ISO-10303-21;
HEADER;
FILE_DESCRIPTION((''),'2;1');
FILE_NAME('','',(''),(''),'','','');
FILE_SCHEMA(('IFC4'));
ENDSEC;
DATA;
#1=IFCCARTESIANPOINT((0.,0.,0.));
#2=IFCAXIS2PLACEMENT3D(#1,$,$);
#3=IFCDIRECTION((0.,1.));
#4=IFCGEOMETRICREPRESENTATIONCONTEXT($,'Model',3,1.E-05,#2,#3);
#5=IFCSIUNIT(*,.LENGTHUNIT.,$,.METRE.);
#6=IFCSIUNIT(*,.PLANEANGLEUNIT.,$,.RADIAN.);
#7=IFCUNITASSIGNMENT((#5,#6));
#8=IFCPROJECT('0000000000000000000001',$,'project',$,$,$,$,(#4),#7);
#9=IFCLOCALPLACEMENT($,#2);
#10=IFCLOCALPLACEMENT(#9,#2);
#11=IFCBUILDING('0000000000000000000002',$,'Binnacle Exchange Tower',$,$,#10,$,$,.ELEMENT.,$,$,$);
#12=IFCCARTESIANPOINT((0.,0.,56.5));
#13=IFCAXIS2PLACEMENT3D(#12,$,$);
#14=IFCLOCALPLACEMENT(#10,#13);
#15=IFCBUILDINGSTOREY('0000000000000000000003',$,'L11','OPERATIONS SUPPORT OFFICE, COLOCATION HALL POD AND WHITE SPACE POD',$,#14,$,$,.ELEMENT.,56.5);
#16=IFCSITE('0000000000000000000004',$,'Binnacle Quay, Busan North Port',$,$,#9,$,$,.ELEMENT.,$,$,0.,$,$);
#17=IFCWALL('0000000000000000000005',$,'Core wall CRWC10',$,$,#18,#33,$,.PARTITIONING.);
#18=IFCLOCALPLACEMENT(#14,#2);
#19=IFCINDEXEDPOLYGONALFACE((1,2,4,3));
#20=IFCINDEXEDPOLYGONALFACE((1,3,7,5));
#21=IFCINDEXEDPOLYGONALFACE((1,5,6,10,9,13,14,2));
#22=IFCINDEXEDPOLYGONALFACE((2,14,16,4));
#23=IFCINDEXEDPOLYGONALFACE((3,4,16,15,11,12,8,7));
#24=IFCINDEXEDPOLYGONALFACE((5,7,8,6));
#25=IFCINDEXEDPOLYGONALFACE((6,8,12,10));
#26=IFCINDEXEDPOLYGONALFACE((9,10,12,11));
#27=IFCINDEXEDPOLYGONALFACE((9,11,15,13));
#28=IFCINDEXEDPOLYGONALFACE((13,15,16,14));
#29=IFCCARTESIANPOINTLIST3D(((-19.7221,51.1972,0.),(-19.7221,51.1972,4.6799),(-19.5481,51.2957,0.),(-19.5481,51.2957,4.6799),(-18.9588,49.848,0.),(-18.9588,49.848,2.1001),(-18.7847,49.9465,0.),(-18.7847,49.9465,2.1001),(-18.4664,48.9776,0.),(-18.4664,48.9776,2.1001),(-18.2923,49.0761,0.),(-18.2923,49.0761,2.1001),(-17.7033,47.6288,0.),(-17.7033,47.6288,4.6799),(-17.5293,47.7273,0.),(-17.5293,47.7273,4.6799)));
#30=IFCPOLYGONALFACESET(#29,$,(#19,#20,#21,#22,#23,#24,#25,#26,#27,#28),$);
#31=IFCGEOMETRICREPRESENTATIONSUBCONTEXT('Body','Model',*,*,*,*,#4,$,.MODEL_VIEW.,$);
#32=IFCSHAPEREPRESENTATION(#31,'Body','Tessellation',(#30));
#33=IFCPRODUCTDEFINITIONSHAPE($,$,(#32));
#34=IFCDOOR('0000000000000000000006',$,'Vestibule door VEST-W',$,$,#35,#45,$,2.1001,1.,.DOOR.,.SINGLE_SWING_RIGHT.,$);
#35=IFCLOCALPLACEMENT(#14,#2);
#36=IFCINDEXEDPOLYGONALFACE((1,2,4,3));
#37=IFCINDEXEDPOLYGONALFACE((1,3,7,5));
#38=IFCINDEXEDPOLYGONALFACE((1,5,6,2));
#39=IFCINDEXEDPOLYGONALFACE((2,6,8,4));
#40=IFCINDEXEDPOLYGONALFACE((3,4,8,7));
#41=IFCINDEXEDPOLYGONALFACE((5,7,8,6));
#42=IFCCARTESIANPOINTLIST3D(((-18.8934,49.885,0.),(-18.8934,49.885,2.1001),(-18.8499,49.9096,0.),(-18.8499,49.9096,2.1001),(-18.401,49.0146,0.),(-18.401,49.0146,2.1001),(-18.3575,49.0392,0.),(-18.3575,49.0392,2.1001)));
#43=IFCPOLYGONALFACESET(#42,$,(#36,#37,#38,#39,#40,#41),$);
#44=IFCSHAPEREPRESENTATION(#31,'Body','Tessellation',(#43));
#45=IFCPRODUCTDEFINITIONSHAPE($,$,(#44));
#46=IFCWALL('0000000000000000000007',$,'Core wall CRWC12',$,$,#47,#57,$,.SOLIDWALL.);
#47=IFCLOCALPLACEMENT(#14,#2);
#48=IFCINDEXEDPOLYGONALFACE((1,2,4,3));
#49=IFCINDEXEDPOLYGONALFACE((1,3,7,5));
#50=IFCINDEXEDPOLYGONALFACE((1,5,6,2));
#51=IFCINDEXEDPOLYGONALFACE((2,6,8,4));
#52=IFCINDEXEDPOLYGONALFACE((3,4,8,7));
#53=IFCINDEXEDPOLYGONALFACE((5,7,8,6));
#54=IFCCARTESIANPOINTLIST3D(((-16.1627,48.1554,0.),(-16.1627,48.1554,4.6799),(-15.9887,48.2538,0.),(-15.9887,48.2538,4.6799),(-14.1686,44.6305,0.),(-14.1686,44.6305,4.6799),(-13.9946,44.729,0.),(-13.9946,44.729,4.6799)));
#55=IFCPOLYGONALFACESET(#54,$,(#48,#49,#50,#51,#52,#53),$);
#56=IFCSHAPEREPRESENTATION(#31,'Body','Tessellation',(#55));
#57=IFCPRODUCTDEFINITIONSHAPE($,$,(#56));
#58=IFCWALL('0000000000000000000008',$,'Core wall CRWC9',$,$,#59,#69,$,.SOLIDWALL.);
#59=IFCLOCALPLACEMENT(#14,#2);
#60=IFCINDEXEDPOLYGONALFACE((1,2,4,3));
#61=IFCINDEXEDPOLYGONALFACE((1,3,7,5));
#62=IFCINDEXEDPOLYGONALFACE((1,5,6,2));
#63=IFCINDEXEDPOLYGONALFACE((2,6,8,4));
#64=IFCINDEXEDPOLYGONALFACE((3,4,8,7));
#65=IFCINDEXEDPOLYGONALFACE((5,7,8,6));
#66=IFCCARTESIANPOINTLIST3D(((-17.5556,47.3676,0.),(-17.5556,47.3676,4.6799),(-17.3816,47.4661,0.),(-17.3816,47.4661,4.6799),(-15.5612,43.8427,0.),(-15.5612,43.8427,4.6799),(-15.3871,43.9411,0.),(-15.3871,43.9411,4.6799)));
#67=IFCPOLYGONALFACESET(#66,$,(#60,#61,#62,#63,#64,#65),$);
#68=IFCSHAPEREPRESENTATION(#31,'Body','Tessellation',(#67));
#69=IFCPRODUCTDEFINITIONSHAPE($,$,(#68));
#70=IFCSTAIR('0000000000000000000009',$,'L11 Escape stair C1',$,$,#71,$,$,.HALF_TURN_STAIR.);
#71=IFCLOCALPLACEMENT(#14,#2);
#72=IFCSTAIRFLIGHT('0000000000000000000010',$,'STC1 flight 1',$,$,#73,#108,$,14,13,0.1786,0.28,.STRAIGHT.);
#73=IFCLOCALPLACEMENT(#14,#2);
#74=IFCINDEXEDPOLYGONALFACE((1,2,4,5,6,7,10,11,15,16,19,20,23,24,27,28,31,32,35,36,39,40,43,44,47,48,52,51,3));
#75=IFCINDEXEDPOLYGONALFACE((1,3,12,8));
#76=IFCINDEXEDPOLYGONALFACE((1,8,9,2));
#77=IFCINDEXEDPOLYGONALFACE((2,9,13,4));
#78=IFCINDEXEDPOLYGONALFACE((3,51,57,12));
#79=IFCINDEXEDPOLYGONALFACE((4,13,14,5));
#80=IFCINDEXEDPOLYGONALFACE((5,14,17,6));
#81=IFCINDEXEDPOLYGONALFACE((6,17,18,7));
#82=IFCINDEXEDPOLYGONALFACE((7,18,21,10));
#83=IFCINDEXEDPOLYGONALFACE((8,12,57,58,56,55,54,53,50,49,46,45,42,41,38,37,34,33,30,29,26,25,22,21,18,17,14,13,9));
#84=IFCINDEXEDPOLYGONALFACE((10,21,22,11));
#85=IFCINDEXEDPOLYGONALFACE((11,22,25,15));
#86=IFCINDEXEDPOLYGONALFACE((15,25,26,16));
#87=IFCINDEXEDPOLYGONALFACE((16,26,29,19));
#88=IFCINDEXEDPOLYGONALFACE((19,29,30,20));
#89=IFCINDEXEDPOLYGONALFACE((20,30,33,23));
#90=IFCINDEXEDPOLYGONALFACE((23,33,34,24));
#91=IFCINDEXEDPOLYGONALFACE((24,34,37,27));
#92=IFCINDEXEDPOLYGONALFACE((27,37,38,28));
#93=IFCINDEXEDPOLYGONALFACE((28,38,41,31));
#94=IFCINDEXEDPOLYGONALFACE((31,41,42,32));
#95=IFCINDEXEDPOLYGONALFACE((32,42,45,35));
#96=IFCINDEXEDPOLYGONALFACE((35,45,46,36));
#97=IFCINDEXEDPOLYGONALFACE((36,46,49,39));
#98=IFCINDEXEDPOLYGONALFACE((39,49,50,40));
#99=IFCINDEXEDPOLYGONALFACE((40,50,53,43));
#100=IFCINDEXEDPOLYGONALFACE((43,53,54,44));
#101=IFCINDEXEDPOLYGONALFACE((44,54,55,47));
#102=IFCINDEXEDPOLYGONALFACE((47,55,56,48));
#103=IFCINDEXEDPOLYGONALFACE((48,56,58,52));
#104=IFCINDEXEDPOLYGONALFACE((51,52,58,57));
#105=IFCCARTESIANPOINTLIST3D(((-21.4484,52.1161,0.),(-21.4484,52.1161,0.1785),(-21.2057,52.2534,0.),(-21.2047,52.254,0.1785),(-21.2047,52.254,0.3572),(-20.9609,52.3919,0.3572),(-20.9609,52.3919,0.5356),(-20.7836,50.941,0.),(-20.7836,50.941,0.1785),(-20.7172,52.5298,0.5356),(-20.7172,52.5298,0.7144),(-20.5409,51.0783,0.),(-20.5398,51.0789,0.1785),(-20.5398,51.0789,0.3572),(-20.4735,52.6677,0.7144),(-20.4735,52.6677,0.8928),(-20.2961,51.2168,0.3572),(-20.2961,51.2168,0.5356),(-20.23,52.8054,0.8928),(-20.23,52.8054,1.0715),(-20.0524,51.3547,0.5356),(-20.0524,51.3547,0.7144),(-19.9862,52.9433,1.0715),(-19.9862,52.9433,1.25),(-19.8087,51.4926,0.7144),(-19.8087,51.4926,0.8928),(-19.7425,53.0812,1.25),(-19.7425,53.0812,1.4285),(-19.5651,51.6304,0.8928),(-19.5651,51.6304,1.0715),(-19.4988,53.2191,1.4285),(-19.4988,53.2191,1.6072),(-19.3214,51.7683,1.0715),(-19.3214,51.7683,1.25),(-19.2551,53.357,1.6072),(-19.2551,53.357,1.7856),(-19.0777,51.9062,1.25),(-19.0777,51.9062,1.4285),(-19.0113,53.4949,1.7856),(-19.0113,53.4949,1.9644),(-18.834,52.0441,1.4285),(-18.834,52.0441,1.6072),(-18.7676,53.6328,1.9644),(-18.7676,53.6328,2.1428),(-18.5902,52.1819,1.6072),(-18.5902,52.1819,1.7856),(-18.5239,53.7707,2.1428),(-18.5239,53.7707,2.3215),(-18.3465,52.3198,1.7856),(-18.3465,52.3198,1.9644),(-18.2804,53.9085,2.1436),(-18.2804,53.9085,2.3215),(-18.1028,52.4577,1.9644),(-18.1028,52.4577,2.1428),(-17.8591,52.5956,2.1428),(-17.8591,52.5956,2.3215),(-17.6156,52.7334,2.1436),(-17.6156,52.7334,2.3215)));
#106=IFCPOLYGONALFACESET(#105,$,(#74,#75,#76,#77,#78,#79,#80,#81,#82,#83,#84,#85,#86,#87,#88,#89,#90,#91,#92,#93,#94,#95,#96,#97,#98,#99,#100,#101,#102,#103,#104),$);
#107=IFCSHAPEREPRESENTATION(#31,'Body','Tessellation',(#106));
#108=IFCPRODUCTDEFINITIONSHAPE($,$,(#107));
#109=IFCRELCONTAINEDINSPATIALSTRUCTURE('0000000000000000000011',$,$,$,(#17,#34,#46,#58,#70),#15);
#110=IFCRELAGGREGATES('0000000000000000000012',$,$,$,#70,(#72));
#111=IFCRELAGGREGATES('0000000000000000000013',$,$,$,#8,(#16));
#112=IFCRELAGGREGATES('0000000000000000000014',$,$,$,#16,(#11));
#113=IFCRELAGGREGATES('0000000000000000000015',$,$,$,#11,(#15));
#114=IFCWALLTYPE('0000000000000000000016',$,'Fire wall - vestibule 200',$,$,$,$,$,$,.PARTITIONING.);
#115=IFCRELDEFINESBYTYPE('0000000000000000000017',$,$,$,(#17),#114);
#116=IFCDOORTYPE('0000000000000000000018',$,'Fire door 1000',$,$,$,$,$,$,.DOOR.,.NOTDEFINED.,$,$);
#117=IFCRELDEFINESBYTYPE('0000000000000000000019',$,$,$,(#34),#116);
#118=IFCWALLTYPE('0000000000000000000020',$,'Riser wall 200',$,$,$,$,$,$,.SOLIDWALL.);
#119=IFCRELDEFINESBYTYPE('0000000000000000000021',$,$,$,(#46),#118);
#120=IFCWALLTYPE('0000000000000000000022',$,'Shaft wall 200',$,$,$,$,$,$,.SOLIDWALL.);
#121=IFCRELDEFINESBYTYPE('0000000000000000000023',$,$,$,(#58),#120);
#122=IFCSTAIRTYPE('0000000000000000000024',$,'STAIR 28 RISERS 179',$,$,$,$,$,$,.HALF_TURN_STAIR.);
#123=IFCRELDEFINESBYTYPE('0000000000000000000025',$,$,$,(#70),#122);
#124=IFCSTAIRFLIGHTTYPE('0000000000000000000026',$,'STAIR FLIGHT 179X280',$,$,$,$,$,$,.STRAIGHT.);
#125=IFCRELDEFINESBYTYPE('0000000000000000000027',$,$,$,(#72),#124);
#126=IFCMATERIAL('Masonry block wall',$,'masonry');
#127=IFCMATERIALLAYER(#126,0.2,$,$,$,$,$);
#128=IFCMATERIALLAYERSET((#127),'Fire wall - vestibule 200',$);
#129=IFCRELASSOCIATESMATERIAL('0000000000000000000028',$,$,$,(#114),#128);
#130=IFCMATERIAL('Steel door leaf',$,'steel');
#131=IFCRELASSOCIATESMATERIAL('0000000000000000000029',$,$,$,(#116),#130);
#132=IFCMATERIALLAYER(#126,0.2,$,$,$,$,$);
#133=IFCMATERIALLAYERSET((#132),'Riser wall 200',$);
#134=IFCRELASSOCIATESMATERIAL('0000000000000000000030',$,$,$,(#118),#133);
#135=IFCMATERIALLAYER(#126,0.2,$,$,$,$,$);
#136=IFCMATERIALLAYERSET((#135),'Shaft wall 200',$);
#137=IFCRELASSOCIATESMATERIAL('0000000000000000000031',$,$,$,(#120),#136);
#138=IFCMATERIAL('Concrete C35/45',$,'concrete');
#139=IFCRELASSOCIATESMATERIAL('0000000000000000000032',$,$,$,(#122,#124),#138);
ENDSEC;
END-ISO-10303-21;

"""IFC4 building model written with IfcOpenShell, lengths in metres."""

from ifc_helpers import new_model, si_unit, direction, frame, frame_2d, origin, place, context, subcontext, project, spatial, polyline, rectangle, outline, extrude, material, layer, layer_set, type_object, element, fill, aggregate, save


model = new_model("IFC4")

# Units and contexts
model_context = context("Model", 3, precision=1e-05, world=origin(), true_north=direction((0.0, 1.0)))
body_context = subcontext(model_context, "Body", "Model", "MODEL_VIEW")
ifc_project = project(units=[si_unit("LENGTHUNIT", "METRE"), si_unit("PLANEANGLEUNIT", "RADIAN")], contexts=[model_context])

# Site, building, storey
site_placement = place(None, origin())
site = spatial("IfcSite", under=ifc_project, at=site_placement, Name="Binnacle Quay, Busan North Port", CompositionType="ELEMENT", RefElevation=0.0)
building_placement = place(site_placement, origin())
building = spatial("IfcBuilding", under=site, at=building_placement, Name="Binnacle Exchange Tower", CompositionType="ELEMENT")
storey_placement = place(building_placement, frame((0.0, 0.0, 56.5)))
storey = spatial("IfcBuildingStorey", under=building, at=storey_placement, Name="L11", Description="OPERATIONS SUPPORT OFFICE, COLOCATION HALL POD AND WHITE SPACE POD", CompositionType="ELEMENT", Elevation=56.5)

# Shared definitions
ifc_material_1 = material(Name="Steel door leaf", Category="steel")

# Wall, opening, door
ifc_material_2 = material(Name="Masonry block wall", Category="masonry")
ifc_layer_1 = layer(ifc_material_2, 0.2)
ifc_layer_set_1 = layer_set([ifc_layer_1], Name="Fire wall - vestibule 200")
wall_type_1 = type_object("IfcWallType", Name="Fire wall - vestibule 200", PredefinedType="PARTITIONING", material=ifc_layer_set_1)
wall_1_placement = place(storey_placement, frame((-19.635, 51.2463, 0.0), z_axis=(0.0, 0.0, 1.0), x_axis=(0.492408, -0.870364, 0.0)))
wall_1 = element("IfcWall", 1, at=wall_1_placement, inside=storey, type_object=wall_type_1, Name="Core wall CRWC10", PredefinedType="PARTITIONING", context=body_context, shape_type="SweptSolid", body=[
    extrude(rectangle(XDim=4.0999, YDim=0.2, at=frame_2d((2.0498, 0.0))), origin(), (0.0, 0.0, 1.0), 4.6799),
])
opening_1_placement = place(wall_1_placement, frame((1.55, 0.0, 0.0)))
opening_1 = element("IfcOpeningElement", 2, at=opening_1_placement, cuts=wall_1, PredefinedType="OPENING", context=body_context, shape_type="SweptSolid", body=[
    extrude(rectangle(XDim=1.0, YDim=2.1001, at=frame_2d((0.5, 1.05))), frame((0.0, 0.1099, 0.0), z_axis=(0.0, -1.0, 0.0), x_axis=(1.0, 0.0, 0.0)), (0.0, 0.0, 1.0), 0.22),
])
door_type_1 = type_object("IfcDoorType", Name="Fire door 1000", OperationType="NOTDEFINED", PredefinedType="DOOR", material=ifc_material_1)
door_1_placement = place(opening_1_placement, frame((1.0, 0.0, 0.0), z_axis=(0.0, 0.0, 1.0), x_axis=(-1.0, 0.0, 0.0)))
door_1 = element("IfcDoor", 3, at=door_1_placement, inside=storey, type_object=door_type_1, Name="Vestibule door VEST-W", OperationType="SINGLE_SWING_RIGHT", OverallHeight=2.1001, OverallWidth=1.0, PredefinedType="DOOR", context=body_context, shape_type="SweptSolid", body=[
    extrude(rectangle(XDim=1.0, YDim=2.1001, at=frame_2d((0.5, 1.05))), frame((0.0, 0.0249, 0.0), z_axis=(0.0, -1.0, 0.0), x_axis=(1.0, 0.0, 0.0)), (0.0, 0.0, 1.0), 0.05),
])
fill(opening_1, door_1)

# Walls
ifc_layer_2 = layer(ifc_material_2, 0.2)
ifc_layer_set_2 = layer_set([ifc_layer_2], Name="Riser wall 200")
wall_type_2 = type_object("IfcWallType", Name="Riser wall 200", PredefinedType="SOLIDWALL", material=ifc_layer_set_2)
wall_2_placement = place(storey_placement, frame((-16.0757, 48.2046, 0.0), z_axis=(0.0, 0.0, 1.0), x_axis=(0.492395, -0.870372, 0.0)))
element("IfcWall", 4, at=wall_2_placement, inside=storey, type_object=wall_type_2, Name="Core wall CRWC12", PredefinedType="SOLIDWALL", context=body_context, shape_type="SweptSolid", body=[
    extrude(rectangle(XDim=4.0498, YDim=0.2, at=frame_2d((2.0249, 0.0))), origin(), (0.0, 0.0, 1.0), 4.6799),
])
ifc_layer_3 = layer(ifc_material_2, 0.2)
ifc_layer_set_3 = layer_set([ifc_layer_3], Name="Shaft wall 200")
wall_type_3 = type_object("IfcWallType", Name="Shaft wall 200", PredefinedType="SOLIDWALL", material=ifc_layer_set_3)
wall_3_placement = place(storey_placement, frame((-17.4685, 47.4167, 0.0), z_axis=(0.0, 0.0, 1.0), x_axis=(0.492441, -0.870346, 0.0)))
element("IfcWall", 5, at=wall_3_placement, inside=storey, type_object=wall_type_3, Name="Core wall CRWC9", PredefinedType="SOLIDWALL", context=body_context, shape_type="SweptSolid", body=[
    extrude(rectangle(XDim=4.05, YDim=0.2, at=frame_2d((2.0249, 0.0))), origin(), (0.0, 0.0, 1.0), 4.6799),
])

# Stair, stair flight
ifc_material_3 = material(Name="Concrete C35/45", Category="concrete")
stair_type = type_object("IfcStairType", Name="STAIR 28 RISERS 179", PredefinedType="HALF_TURN_STAIR", material=ifc_material_3)
stair_placement = place(storey_placement, origin())
stair = element("IfcStair", 6, at=stair_placement, inside=storey, type_object=stair_type, Name="L11 Escape stair C1", PredefinedType="HALF_TURN_STAIR")
stair_flight_type = type_object("IfcStairFlightType", Name="STAIR FLIGHT 179X280", PredefinedType="STRAIGHT", material=ifc_material_3)
stair_flight_placement = place(storey_placement, frame((-21.116, 51.5286, 0.0), z_axis=(0.0, 0.0, 1.0), x_axis=(0.870356, 0.492424, 0.0)))
stair_flight = element("IfcStairFlight", 7, at=stair_flight_placement, type_object=stair_flight_type, Name="STC1 flight 1", NumberOfRisers=14, NumberOfTreads=13, PredefinedType="STRAIGHT", RiserHeight=0.1786, TreadLength=0.28, context=body_context, shape_type="SweptSolid", body=[
    extrude(outline(polyline([(0.0, 0.0), (0.0, 0.1785), (0.28, 0.1785), (0.28, 0.3572), (0.5601, 0.3572), (0.5601, 0.5356), (0.8401, 0.5356), (0.8401, 0.7144), (1.1201, 0.7144), (1.1201, 0.8928), (1.3999, 0.8928), (1.3999, 1.0715), (1.6799, 1.0715), (1.6799, 1.25), (1.96, 1.25), (1.96, 1.4285), (2.24, 1.4285), (2.24, 1.6072), (2.52, 1.6072), (2.52, 1.7856), (2.8, 1.7856), (2.8, 1.9644), (3.0801, 1.9644), (3.0801, 2.1428), (3.3601, 2.1428), (3.3601, 2.3215), (3.6399, 2.3215), (3.6399, 2.5), (3.6399, 2.1436), (0.2788, 0.0), (0.0, 0.0)])), frame((0.0, 0.675, 0.0), z_axis=(0.0, -1.0, 0.0), x_axis=(1.0, 0.0, 0.0)), (0.0, 0.0, 1.0), 1.3501),
])
aggregate(stair, [stair_flight])

save(model, "model.ifc")
